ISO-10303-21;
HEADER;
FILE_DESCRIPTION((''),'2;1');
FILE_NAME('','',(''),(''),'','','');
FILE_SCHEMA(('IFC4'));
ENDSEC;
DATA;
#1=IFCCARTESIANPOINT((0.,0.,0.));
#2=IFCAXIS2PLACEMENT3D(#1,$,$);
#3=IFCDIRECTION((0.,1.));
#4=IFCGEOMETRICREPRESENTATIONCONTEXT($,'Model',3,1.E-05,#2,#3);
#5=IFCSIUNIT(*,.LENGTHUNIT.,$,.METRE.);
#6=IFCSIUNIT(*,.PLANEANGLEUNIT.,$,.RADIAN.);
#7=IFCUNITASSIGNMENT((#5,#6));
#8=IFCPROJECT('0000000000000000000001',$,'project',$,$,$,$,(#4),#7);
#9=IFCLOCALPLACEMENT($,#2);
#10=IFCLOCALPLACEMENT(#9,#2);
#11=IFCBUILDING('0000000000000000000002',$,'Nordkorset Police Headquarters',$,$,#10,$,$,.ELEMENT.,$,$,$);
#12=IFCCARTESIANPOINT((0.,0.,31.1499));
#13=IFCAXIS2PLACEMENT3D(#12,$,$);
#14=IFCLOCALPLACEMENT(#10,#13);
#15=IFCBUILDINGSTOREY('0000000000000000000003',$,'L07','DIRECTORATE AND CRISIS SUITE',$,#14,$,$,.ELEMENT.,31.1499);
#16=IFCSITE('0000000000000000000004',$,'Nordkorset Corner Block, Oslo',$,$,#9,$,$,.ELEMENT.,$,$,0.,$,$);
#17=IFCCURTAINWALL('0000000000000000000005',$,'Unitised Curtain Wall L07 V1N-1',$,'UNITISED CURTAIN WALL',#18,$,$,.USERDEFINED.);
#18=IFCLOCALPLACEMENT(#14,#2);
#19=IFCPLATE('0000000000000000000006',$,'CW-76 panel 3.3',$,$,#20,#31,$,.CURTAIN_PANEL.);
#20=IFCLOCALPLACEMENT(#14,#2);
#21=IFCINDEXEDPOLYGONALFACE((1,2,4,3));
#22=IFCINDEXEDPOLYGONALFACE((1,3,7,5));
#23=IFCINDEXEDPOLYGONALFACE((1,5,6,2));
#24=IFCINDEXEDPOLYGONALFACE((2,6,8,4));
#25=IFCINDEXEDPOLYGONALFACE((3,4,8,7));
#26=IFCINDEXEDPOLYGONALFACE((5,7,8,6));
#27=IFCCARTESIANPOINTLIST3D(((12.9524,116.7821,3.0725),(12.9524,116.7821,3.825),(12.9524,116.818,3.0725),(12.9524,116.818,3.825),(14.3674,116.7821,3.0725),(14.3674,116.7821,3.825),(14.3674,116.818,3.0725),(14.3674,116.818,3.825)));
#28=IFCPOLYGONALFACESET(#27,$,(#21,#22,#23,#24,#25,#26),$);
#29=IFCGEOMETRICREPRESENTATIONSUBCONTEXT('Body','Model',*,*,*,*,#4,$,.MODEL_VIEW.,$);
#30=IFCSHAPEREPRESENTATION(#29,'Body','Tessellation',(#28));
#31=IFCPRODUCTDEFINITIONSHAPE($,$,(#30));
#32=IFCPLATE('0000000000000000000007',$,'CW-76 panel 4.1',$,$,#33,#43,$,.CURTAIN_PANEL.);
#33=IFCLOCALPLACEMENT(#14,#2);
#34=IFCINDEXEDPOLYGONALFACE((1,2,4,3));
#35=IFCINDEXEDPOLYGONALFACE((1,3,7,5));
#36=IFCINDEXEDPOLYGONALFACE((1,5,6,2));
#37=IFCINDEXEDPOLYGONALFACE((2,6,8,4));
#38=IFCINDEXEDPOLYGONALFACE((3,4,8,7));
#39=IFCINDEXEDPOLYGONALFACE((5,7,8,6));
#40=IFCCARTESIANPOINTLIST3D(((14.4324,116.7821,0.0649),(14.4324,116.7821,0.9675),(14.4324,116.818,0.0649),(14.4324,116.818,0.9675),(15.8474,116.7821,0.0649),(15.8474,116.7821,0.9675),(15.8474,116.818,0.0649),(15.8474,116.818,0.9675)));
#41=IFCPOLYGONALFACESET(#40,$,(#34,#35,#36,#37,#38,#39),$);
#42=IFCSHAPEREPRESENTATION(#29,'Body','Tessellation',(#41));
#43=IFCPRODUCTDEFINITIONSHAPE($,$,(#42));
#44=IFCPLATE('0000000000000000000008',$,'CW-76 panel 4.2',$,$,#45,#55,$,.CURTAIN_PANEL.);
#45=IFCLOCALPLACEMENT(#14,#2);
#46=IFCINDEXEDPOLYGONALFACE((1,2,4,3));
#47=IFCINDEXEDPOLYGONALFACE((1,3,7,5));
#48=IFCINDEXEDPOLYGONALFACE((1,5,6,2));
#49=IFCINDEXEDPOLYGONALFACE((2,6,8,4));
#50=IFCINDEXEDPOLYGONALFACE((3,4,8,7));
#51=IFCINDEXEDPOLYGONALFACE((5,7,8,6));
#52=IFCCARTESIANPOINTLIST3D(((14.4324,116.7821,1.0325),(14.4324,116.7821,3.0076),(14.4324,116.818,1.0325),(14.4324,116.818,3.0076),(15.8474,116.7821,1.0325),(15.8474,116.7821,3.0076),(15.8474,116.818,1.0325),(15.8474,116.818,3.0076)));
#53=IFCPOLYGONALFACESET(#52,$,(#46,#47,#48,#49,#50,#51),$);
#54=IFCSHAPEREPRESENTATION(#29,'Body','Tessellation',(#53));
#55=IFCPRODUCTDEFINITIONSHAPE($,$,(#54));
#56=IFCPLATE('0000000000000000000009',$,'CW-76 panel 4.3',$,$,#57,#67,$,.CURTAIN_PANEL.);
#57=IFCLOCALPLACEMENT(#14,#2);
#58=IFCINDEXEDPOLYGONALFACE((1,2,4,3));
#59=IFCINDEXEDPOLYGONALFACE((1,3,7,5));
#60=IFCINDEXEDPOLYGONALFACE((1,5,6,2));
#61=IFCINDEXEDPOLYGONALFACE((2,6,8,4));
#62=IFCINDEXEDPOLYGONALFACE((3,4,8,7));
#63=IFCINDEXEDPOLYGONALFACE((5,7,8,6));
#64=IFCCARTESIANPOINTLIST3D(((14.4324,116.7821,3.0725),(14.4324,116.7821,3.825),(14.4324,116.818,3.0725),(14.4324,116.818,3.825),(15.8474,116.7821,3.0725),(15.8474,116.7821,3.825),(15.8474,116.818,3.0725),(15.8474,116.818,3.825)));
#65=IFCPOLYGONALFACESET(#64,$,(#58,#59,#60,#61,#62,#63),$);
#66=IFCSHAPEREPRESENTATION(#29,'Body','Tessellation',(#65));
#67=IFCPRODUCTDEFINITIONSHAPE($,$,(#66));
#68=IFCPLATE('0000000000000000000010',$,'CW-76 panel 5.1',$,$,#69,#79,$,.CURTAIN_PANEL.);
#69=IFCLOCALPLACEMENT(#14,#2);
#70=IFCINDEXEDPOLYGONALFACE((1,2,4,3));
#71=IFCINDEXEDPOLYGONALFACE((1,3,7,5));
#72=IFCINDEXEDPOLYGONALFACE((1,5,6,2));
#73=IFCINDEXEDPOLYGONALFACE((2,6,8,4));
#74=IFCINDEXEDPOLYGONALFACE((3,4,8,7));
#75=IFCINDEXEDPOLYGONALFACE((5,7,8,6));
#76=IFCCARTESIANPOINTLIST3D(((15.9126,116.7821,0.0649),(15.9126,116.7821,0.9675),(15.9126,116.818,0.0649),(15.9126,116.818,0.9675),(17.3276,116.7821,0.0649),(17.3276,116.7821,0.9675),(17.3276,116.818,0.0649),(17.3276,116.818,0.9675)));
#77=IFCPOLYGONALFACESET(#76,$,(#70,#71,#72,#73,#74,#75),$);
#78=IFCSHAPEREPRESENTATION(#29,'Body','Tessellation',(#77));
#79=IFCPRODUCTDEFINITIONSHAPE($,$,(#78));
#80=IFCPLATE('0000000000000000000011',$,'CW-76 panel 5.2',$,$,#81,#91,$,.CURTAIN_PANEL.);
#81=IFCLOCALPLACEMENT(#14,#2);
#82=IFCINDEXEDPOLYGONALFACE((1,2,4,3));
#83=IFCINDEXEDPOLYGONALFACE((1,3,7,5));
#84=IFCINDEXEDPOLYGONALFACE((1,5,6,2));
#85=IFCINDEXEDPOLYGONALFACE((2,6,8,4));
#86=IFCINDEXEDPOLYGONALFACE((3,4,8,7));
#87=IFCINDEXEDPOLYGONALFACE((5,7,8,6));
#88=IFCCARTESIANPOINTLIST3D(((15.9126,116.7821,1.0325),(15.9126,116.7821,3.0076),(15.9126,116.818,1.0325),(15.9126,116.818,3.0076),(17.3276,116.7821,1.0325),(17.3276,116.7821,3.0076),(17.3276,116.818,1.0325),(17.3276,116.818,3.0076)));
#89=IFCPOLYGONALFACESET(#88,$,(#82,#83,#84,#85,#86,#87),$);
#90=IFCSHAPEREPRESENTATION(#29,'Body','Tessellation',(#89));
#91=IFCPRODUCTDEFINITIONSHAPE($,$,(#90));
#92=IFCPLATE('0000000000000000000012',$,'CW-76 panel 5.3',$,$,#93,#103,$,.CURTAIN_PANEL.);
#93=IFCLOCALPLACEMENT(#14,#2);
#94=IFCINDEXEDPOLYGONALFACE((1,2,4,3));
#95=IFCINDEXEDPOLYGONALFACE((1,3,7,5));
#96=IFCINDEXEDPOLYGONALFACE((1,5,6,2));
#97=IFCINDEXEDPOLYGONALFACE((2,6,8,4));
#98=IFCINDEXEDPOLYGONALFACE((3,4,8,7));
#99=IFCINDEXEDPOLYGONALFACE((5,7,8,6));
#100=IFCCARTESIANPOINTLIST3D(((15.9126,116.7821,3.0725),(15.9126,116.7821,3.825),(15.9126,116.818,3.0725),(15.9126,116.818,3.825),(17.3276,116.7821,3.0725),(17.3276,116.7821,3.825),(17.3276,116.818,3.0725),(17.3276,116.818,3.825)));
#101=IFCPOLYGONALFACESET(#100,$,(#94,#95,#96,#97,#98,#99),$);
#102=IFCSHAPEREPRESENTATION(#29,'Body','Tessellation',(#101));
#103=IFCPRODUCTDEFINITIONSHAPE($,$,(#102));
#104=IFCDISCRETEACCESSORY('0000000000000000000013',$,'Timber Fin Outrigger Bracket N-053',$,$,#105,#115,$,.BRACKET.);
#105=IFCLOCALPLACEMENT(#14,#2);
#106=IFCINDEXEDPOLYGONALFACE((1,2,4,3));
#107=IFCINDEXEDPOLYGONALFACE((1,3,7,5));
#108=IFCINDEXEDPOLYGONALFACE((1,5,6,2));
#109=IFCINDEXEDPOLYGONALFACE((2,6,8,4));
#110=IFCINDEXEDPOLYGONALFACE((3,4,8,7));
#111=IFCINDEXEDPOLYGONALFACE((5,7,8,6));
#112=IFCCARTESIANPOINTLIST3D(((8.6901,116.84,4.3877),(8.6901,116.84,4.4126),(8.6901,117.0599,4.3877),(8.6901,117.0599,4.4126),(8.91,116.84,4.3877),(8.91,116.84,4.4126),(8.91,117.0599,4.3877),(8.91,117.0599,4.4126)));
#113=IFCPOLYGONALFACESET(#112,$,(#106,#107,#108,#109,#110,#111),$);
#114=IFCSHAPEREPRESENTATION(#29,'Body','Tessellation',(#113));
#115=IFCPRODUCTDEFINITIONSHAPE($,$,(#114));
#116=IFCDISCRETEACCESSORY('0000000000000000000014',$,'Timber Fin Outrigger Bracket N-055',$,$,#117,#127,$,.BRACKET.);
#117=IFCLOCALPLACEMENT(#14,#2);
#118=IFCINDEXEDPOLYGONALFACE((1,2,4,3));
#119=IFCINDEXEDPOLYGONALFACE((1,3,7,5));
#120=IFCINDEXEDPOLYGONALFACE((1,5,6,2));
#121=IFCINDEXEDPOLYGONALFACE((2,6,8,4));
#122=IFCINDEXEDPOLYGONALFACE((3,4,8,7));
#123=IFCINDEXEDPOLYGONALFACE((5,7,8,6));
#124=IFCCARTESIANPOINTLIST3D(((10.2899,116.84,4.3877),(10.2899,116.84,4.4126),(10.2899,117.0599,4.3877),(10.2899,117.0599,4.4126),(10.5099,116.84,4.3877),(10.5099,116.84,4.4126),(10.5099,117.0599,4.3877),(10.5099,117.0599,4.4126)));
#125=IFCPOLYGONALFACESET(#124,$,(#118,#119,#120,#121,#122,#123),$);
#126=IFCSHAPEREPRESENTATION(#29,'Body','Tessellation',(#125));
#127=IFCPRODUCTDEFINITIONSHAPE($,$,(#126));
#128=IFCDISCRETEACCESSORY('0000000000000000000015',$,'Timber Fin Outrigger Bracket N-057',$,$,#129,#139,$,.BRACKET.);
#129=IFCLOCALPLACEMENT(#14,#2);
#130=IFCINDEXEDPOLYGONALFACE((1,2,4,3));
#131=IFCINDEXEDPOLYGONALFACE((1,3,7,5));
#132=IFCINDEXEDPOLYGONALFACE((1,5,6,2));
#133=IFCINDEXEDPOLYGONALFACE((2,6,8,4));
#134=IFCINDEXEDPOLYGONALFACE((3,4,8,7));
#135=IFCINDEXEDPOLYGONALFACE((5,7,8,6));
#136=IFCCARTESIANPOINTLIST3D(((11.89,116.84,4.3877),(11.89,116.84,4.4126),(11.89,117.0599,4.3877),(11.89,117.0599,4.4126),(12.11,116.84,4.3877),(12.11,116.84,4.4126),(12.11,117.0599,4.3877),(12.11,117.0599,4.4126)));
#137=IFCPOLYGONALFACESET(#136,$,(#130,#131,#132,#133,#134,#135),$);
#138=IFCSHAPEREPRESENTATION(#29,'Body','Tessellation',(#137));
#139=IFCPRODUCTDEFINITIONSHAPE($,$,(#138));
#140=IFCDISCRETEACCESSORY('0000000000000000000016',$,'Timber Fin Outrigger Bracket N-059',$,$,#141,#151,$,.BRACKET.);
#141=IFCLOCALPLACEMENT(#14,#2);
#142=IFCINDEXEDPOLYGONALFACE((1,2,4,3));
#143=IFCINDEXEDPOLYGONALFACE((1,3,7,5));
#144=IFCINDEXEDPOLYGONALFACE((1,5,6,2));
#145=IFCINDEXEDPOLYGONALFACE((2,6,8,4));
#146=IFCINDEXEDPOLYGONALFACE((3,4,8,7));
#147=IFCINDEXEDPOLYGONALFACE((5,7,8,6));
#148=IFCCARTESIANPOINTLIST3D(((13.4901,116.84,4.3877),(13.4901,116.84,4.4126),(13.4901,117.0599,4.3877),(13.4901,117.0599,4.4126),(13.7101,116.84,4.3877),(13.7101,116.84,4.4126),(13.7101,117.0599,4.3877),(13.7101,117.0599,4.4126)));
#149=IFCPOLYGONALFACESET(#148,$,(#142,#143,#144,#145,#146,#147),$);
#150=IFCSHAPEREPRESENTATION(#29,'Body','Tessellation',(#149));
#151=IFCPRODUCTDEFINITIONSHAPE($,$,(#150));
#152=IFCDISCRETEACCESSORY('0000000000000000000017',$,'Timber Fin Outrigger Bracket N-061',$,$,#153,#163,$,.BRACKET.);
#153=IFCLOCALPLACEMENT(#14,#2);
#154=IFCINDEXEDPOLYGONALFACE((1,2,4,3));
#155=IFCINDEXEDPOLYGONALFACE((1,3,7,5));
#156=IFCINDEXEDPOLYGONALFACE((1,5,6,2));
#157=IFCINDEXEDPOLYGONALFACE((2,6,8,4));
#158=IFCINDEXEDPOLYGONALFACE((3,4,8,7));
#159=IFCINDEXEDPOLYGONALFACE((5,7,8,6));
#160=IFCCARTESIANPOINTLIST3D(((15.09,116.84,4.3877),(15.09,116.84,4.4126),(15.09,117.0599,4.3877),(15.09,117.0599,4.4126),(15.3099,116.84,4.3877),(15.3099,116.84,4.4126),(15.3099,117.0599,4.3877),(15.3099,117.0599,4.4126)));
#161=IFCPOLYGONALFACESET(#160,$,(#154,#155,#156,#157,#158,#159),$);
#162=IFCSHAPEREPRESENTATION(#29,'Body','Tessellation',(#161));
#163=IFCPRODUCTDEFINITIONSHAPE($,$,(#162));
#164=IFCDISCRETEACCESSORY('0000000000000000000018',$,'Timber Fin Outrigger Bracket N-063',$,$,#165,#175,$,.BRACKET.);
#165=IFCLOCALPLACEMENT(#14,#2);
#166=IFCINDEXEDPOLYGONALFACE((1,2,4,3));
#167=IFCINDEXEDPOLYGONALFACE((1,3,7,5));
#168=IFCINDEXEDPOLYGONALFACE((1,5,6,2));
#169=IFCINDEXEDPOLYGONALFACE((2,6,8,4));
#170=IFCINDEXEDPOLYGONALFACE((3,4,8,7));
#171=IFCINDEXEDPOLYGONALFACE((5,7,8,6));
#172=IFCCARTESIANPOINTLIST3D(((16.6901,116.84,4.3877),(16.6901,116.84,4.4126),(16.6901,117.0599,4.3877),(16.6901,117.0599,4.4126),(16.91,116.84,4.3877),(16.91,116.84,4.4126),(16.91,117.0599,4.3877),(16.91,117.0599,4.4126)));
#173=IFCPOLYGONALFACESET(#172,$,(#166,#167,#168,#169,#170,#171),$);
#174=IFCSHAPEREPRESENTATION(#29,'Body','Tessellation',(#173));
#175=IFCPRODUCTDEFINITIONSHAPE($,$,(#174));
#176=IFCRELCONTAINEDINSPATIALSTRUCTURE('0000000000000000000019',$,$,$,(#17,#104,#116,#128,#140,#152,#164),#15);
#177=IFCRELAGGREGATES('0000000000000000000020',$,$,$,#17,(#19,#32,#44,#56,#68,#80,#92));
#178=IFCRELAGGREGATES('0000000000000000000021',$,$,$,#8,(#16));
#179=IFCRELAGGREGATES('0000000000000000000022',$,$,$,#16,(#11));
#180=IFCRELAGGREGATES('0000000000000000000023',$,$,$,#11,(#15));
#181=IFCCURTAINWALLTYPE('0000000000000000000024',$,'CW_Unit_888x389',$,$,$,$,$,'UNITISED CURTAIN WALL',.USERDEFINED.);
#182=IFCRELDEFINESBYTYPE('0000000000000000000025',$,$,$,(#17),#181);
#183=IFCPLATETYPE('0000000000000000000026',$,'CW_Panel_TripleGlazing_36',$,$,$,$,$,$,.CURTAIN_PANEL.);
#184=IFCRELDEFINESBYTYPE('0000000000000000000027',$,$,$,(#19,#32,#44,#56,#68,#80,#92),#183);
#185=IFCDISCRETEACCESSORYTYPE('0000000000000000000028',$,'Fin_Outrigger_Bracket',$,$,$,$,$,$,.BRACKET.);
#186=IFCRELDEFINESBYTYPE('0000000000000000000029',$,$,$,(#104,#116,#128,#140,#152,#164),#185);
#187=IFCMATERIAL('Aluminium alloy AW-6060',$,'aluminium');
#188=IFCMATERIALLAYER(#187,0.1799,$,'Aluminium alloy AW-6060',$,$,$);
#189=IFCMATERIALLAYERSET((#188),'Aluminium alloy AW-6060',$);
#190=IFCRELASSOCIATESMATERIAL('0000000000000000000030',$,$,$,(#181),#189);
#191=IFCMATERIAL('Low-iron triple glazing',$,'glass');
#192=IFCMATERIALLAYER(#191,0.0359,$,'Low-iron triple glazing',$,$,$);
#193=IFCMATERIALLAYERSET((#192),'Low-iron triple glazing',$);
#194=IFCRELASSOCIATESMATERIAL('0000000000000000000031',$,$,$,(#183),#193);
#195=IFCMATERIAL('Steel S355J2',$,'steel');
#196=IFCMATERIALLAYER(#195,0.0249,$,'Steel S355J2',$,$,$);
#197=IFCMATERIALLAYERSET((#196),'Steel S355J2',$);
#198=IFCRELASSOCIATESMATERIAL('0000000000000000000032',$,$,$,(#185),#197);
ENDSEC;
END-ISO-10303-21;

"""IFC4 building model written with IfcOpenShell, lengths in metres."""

from ifc_helpers import new_model, si_unit, direction, frame, origin, origin_2d, place, context, subcontext, project, spatial, rectangle, extrude, material, layer, layer_set, type_object, element, aggregate, save


model = new_model("IFC4")

# Units and contexts
model_context = context("Model", 3, precision=1e-05, world=origin(), true_north=direction((0.0, 1.0)))
body_context = subcontext(model_context, "Body", "Model", "MODEL_VIEW")
ifc_project = project(units=[si_unit("LENGTHUNIT", "METRE"), si_unit("PLANEANGLEUNIT", "RADIAN")], contexts=[model_context])

# Site, building, storey
site_placement = place(None, origin())
site = spatial("IfcSite", under=ifc_project, at=site_placement, Name="Nordkorset Corner Block, Oslo", CompositionType="ELEMENT", RefElevation=0.0)
building_placement = place(site_placement, origin())
building = spatial("IfcBuilding", under=site, at=building_placement, Name="Nordkorset Police Headquarters", CompositionType="ELEMENT")
storey_placement = place(building_placement, frame((0.0, 0.0, 31.1499)))
storey = spatial("IfcBuildingStorey", under=building, at=storey_placement, Name="L07", Description="DIRECTORATE AND CRISIS SUITE", CompositionType="ELEMENT", Elevation=31.1499)

# Curtain wall, plates
ifc_material_1 = material(Name="Aluminium alloy AW-6060", Category="aluminium")
ifc_layer_1 = layer(ifc_material_1, 0.1799, Name="Aluminium alloy AW-6060")
ifc_layer_set_1 = layer_set([ifc_layer_1], Name="Aluminium alloy AW-6060")
curtain_wall_type = type_object("IfcCurtainWallType", Name="CW_Unit_888x389", ElementType="UNITISED CURTAIN WALL", PredefinedType="USERDEFINED", material=ifc_layer_set_1)
curtain_wall_placement = place(storey_placement, origin())
curtain_wall = element("IfcCurtainWall", 1, at=curtain_wall_placement, inside=storey, type_object=curtain_wall_type, Name="Unitised Curtain Wall L07 V1N-1", ObjectType="UNITISED CURTAIN WALL", PredefinedType="USERDEFINED")
ifc_material_2 = material(Name="Low-iron triple glazing", Category="glass")
ifc_layer_2 = layer(ifc_material_2, 0.0359, Name="Low-iron triple glazing")
ifc_layer_set_2 = layer_set([ifc_layer_2], Name="Low-iron triple glazing")
plate_type = type_object("IfcPlateType", Name="CW_Panel_TripleGlazing_36", PredefinedType="CURTAIN_PANEL", material=ifc_layer_set_2)
plate_1_placement = place(storey_placement, frame((13.6599, 116.8, 3.0725), z_axis=(0.0, 0.0, 1.0), x_axis=(1.0, 0.0, 0.0)))
plate_1 = element("IfcPlate", 2, at=plate_1_placement, type_object=plate_type, Name="CW-76 panel 3.3", PredefinedType="CURTAIN_PANEL", context=body_context, shape_type="SweptSolid", body=[
    extrude(rectangle(XDim=1.415, YDim=0.0359, at=origin_2d()), origin(), (0.0, 0.0, 1.0), 0.7524),
])
plate_2_placement = place(storey_placement, frame((15.1399, 116.8, 0.0649), z_axis=(0.0, 0.0, 1.0), x_axis=(1.0, 0.0, 0.0)))
plate_2 = element("IfcPlate", 3, at=plate_2_placement, type_object=plate_type, Name="CW-76 panel 4.1", PredefinedType="CURTAIN_PANEL", context=body_context, shape_type="SweptSolid", body=[
    extrude(rectangle(XDim=1.415, YDim=0.0359, at=origin_2d()), origin(), (0.0, 0.0, 1.0), 0.9026),
])
plate_3_placement = place(storey_placement, frame((15.1399, 116.8, 1.0325), z_axis=(0.0, 0.0, 1.0), x_axis=(1.0, 0.0, 0.0)))
plate_3 = element("IfcPlate", 4, at=plate_3_placement, type_object=plate_type, Name="CW-76 panel 4.2", PredefinedType="CURTAIN_PANEL", context=body_context, shape_type="SweptSolid", body=[
    extrude(rectangle(XDim=1.415, YDim=0.0359, at=origin_2d()), origin(), (0.0, 0.0, 1.0), 1.9751),
])
plate_4_placement = place(storey_placement, frame((15.1399, 116.8, 3.0725), z_axis=(0.0, 0.0, 1.0), x_axis=(1.0, 0.0, 0.0)))
plate_4 = element("IfcPlate", 5, at=plate_4_placement, type_object=plate_type, Name="CW-76 panel 4.3", PredefinedType="CURTAIN_PANEL", context=body_context, shape_type="SweptSolid", body=[
    extrude(rectangle(XDim=1.415, YDim=0.0359, at=origin_2d()), origin(), (0.0, 0.0, 1.0), 0.7524),
])
plate_5_placement = place(storey_placement, frame((16.6201, 116.8, 0.0649), z_axis=(0.0, 0.0, 1.0), x_axis=(1.0, 0.0, 0.0)))
plate_5 = element("IfcPlate", 6, at=plate_5_placement, type_object=plate_type, Name="CW-76 panel 5.1", PredefinedType="CURTAIN_PANEL", context=body_context, shape_type="SweptSolid", body=[
    extrude(rectangle(XDim=1.415, YDim=0.0359, at=origin_2d()), origin(), (0.0, 0.0, 1.0), 0.9026),
])
plate_6_placement = place(storey_placement, frame((16.6201, 116.8, 1.0325), z_axis=(0.0, 0.0, 1.0), x_axis=(1.0, 0.0, 0.0)))
plate_6 = element("IfcPlate", 7, at=plate_6_placement, type_object=plate_type, Name="CW-76 panel 5.2", PredefinedType="CURTAIN_PANEL", context=body_context, shape_type="SweptSolid", body=[
    extrude(rectangle(XDim=1.415, YDim=0.0359, at=origin_2d()), origin(), (0.0, 0.0, 1.0), 1.9751),
])
plate_7_placement = place(storey_placement, frame((16.6201, 116.8, 3.0725), z_axis=(0.0, 0.0, 1.0), x_axis=(1.0, 0.0, 0.0)))
plate_7 = element("IfcPlate", 8, at=plate_7_placement, type_object=plate_type, Name="CW-76 panel 5.3", PredefinedType="CURTAIN_PANEL", context=body_context, shape_type="SweptSolid", body=[
    extrude(rectangle(XDim=1.415, YDim=0.0359, at=origin_2d()), origin(), (0.0, 0.0, 1.0), 0.7524),
])
aggregate(curtain_wall, [plate_1, plate_2, plate_3, plate_4, plate_5, plate_6, plate_7])

# Discrete accessories
ifc_material_3 = material(Name="Steel S355J2", Category="steel")
ifc_layer_3 = layer(ifc_material_3, 0.0249, Name="Steel S355J2")
ifc_layer_set_3 = layer_set([ifc_layer_3], Name="Steel S355J2")
discrete_accessory_type = type_object("IfcDiscreteAccessoryType", Name="Fin_Outrigger_Bracket", PredefinedType="BRACKET", material=ifc_layer_set_3)
for number, where, z_axis, x_axis, name in (
    (9, (8.8, 116.95, 4.3877), (0.0, 0.0, 1.0), (1.0, 0.0, 0.0), "Timber Fin Outrigger Bracket N-053"),
    (10, (10.3999, 116.95, 4.3877), (0.0, 0.0, 1.0), (1.0, 0.0, 0.0), "Timber Fin Outrigger Bracket N-055"),
    (11, (12.0, 116.95, 4.3877), (0.0, 0.0, 1.0), (1.0, 0.0, 0.0), "Timber Fin Outrigger Bracket N-057"),
    (12, (13.6001, 116.95, 4.3877), (0.0, 0.0, 1.0), (1.0, 0.0, 0.0), "Timber Fin Outrigger Bracket N-059"),
    (13, (15.2, 116.95, 4.3877), (0.0, 0.0, 1.0), (1.0, 0.0, 0.0), "Timber Fin Outrigger Bracket N-061"),
    (14, (16.8, 116.95, 4.3877), (0.0, 0.0, 1.0), (1.0, 0.0, 0.0), "Timber Fin Outrigger Bracket N-063"),
):
    element("IfcDiscreteAccessory", number, at=place(storey_placement, frame(where, z_axis=z_axis, x_axis=x_axis)), inside=storey, type_object=discrete_accessory_type, Name=name, PredefinedType="BRACKET", context=body_context, shape_type="SweptSolid", body=[
        extrude(rectangle(XDim=0.22, YDim=0.22, at=origin_2d()), origin(), (0.0, 0.0, 1.0), 0.0249),
    ])

save(model, "model.ifc")
